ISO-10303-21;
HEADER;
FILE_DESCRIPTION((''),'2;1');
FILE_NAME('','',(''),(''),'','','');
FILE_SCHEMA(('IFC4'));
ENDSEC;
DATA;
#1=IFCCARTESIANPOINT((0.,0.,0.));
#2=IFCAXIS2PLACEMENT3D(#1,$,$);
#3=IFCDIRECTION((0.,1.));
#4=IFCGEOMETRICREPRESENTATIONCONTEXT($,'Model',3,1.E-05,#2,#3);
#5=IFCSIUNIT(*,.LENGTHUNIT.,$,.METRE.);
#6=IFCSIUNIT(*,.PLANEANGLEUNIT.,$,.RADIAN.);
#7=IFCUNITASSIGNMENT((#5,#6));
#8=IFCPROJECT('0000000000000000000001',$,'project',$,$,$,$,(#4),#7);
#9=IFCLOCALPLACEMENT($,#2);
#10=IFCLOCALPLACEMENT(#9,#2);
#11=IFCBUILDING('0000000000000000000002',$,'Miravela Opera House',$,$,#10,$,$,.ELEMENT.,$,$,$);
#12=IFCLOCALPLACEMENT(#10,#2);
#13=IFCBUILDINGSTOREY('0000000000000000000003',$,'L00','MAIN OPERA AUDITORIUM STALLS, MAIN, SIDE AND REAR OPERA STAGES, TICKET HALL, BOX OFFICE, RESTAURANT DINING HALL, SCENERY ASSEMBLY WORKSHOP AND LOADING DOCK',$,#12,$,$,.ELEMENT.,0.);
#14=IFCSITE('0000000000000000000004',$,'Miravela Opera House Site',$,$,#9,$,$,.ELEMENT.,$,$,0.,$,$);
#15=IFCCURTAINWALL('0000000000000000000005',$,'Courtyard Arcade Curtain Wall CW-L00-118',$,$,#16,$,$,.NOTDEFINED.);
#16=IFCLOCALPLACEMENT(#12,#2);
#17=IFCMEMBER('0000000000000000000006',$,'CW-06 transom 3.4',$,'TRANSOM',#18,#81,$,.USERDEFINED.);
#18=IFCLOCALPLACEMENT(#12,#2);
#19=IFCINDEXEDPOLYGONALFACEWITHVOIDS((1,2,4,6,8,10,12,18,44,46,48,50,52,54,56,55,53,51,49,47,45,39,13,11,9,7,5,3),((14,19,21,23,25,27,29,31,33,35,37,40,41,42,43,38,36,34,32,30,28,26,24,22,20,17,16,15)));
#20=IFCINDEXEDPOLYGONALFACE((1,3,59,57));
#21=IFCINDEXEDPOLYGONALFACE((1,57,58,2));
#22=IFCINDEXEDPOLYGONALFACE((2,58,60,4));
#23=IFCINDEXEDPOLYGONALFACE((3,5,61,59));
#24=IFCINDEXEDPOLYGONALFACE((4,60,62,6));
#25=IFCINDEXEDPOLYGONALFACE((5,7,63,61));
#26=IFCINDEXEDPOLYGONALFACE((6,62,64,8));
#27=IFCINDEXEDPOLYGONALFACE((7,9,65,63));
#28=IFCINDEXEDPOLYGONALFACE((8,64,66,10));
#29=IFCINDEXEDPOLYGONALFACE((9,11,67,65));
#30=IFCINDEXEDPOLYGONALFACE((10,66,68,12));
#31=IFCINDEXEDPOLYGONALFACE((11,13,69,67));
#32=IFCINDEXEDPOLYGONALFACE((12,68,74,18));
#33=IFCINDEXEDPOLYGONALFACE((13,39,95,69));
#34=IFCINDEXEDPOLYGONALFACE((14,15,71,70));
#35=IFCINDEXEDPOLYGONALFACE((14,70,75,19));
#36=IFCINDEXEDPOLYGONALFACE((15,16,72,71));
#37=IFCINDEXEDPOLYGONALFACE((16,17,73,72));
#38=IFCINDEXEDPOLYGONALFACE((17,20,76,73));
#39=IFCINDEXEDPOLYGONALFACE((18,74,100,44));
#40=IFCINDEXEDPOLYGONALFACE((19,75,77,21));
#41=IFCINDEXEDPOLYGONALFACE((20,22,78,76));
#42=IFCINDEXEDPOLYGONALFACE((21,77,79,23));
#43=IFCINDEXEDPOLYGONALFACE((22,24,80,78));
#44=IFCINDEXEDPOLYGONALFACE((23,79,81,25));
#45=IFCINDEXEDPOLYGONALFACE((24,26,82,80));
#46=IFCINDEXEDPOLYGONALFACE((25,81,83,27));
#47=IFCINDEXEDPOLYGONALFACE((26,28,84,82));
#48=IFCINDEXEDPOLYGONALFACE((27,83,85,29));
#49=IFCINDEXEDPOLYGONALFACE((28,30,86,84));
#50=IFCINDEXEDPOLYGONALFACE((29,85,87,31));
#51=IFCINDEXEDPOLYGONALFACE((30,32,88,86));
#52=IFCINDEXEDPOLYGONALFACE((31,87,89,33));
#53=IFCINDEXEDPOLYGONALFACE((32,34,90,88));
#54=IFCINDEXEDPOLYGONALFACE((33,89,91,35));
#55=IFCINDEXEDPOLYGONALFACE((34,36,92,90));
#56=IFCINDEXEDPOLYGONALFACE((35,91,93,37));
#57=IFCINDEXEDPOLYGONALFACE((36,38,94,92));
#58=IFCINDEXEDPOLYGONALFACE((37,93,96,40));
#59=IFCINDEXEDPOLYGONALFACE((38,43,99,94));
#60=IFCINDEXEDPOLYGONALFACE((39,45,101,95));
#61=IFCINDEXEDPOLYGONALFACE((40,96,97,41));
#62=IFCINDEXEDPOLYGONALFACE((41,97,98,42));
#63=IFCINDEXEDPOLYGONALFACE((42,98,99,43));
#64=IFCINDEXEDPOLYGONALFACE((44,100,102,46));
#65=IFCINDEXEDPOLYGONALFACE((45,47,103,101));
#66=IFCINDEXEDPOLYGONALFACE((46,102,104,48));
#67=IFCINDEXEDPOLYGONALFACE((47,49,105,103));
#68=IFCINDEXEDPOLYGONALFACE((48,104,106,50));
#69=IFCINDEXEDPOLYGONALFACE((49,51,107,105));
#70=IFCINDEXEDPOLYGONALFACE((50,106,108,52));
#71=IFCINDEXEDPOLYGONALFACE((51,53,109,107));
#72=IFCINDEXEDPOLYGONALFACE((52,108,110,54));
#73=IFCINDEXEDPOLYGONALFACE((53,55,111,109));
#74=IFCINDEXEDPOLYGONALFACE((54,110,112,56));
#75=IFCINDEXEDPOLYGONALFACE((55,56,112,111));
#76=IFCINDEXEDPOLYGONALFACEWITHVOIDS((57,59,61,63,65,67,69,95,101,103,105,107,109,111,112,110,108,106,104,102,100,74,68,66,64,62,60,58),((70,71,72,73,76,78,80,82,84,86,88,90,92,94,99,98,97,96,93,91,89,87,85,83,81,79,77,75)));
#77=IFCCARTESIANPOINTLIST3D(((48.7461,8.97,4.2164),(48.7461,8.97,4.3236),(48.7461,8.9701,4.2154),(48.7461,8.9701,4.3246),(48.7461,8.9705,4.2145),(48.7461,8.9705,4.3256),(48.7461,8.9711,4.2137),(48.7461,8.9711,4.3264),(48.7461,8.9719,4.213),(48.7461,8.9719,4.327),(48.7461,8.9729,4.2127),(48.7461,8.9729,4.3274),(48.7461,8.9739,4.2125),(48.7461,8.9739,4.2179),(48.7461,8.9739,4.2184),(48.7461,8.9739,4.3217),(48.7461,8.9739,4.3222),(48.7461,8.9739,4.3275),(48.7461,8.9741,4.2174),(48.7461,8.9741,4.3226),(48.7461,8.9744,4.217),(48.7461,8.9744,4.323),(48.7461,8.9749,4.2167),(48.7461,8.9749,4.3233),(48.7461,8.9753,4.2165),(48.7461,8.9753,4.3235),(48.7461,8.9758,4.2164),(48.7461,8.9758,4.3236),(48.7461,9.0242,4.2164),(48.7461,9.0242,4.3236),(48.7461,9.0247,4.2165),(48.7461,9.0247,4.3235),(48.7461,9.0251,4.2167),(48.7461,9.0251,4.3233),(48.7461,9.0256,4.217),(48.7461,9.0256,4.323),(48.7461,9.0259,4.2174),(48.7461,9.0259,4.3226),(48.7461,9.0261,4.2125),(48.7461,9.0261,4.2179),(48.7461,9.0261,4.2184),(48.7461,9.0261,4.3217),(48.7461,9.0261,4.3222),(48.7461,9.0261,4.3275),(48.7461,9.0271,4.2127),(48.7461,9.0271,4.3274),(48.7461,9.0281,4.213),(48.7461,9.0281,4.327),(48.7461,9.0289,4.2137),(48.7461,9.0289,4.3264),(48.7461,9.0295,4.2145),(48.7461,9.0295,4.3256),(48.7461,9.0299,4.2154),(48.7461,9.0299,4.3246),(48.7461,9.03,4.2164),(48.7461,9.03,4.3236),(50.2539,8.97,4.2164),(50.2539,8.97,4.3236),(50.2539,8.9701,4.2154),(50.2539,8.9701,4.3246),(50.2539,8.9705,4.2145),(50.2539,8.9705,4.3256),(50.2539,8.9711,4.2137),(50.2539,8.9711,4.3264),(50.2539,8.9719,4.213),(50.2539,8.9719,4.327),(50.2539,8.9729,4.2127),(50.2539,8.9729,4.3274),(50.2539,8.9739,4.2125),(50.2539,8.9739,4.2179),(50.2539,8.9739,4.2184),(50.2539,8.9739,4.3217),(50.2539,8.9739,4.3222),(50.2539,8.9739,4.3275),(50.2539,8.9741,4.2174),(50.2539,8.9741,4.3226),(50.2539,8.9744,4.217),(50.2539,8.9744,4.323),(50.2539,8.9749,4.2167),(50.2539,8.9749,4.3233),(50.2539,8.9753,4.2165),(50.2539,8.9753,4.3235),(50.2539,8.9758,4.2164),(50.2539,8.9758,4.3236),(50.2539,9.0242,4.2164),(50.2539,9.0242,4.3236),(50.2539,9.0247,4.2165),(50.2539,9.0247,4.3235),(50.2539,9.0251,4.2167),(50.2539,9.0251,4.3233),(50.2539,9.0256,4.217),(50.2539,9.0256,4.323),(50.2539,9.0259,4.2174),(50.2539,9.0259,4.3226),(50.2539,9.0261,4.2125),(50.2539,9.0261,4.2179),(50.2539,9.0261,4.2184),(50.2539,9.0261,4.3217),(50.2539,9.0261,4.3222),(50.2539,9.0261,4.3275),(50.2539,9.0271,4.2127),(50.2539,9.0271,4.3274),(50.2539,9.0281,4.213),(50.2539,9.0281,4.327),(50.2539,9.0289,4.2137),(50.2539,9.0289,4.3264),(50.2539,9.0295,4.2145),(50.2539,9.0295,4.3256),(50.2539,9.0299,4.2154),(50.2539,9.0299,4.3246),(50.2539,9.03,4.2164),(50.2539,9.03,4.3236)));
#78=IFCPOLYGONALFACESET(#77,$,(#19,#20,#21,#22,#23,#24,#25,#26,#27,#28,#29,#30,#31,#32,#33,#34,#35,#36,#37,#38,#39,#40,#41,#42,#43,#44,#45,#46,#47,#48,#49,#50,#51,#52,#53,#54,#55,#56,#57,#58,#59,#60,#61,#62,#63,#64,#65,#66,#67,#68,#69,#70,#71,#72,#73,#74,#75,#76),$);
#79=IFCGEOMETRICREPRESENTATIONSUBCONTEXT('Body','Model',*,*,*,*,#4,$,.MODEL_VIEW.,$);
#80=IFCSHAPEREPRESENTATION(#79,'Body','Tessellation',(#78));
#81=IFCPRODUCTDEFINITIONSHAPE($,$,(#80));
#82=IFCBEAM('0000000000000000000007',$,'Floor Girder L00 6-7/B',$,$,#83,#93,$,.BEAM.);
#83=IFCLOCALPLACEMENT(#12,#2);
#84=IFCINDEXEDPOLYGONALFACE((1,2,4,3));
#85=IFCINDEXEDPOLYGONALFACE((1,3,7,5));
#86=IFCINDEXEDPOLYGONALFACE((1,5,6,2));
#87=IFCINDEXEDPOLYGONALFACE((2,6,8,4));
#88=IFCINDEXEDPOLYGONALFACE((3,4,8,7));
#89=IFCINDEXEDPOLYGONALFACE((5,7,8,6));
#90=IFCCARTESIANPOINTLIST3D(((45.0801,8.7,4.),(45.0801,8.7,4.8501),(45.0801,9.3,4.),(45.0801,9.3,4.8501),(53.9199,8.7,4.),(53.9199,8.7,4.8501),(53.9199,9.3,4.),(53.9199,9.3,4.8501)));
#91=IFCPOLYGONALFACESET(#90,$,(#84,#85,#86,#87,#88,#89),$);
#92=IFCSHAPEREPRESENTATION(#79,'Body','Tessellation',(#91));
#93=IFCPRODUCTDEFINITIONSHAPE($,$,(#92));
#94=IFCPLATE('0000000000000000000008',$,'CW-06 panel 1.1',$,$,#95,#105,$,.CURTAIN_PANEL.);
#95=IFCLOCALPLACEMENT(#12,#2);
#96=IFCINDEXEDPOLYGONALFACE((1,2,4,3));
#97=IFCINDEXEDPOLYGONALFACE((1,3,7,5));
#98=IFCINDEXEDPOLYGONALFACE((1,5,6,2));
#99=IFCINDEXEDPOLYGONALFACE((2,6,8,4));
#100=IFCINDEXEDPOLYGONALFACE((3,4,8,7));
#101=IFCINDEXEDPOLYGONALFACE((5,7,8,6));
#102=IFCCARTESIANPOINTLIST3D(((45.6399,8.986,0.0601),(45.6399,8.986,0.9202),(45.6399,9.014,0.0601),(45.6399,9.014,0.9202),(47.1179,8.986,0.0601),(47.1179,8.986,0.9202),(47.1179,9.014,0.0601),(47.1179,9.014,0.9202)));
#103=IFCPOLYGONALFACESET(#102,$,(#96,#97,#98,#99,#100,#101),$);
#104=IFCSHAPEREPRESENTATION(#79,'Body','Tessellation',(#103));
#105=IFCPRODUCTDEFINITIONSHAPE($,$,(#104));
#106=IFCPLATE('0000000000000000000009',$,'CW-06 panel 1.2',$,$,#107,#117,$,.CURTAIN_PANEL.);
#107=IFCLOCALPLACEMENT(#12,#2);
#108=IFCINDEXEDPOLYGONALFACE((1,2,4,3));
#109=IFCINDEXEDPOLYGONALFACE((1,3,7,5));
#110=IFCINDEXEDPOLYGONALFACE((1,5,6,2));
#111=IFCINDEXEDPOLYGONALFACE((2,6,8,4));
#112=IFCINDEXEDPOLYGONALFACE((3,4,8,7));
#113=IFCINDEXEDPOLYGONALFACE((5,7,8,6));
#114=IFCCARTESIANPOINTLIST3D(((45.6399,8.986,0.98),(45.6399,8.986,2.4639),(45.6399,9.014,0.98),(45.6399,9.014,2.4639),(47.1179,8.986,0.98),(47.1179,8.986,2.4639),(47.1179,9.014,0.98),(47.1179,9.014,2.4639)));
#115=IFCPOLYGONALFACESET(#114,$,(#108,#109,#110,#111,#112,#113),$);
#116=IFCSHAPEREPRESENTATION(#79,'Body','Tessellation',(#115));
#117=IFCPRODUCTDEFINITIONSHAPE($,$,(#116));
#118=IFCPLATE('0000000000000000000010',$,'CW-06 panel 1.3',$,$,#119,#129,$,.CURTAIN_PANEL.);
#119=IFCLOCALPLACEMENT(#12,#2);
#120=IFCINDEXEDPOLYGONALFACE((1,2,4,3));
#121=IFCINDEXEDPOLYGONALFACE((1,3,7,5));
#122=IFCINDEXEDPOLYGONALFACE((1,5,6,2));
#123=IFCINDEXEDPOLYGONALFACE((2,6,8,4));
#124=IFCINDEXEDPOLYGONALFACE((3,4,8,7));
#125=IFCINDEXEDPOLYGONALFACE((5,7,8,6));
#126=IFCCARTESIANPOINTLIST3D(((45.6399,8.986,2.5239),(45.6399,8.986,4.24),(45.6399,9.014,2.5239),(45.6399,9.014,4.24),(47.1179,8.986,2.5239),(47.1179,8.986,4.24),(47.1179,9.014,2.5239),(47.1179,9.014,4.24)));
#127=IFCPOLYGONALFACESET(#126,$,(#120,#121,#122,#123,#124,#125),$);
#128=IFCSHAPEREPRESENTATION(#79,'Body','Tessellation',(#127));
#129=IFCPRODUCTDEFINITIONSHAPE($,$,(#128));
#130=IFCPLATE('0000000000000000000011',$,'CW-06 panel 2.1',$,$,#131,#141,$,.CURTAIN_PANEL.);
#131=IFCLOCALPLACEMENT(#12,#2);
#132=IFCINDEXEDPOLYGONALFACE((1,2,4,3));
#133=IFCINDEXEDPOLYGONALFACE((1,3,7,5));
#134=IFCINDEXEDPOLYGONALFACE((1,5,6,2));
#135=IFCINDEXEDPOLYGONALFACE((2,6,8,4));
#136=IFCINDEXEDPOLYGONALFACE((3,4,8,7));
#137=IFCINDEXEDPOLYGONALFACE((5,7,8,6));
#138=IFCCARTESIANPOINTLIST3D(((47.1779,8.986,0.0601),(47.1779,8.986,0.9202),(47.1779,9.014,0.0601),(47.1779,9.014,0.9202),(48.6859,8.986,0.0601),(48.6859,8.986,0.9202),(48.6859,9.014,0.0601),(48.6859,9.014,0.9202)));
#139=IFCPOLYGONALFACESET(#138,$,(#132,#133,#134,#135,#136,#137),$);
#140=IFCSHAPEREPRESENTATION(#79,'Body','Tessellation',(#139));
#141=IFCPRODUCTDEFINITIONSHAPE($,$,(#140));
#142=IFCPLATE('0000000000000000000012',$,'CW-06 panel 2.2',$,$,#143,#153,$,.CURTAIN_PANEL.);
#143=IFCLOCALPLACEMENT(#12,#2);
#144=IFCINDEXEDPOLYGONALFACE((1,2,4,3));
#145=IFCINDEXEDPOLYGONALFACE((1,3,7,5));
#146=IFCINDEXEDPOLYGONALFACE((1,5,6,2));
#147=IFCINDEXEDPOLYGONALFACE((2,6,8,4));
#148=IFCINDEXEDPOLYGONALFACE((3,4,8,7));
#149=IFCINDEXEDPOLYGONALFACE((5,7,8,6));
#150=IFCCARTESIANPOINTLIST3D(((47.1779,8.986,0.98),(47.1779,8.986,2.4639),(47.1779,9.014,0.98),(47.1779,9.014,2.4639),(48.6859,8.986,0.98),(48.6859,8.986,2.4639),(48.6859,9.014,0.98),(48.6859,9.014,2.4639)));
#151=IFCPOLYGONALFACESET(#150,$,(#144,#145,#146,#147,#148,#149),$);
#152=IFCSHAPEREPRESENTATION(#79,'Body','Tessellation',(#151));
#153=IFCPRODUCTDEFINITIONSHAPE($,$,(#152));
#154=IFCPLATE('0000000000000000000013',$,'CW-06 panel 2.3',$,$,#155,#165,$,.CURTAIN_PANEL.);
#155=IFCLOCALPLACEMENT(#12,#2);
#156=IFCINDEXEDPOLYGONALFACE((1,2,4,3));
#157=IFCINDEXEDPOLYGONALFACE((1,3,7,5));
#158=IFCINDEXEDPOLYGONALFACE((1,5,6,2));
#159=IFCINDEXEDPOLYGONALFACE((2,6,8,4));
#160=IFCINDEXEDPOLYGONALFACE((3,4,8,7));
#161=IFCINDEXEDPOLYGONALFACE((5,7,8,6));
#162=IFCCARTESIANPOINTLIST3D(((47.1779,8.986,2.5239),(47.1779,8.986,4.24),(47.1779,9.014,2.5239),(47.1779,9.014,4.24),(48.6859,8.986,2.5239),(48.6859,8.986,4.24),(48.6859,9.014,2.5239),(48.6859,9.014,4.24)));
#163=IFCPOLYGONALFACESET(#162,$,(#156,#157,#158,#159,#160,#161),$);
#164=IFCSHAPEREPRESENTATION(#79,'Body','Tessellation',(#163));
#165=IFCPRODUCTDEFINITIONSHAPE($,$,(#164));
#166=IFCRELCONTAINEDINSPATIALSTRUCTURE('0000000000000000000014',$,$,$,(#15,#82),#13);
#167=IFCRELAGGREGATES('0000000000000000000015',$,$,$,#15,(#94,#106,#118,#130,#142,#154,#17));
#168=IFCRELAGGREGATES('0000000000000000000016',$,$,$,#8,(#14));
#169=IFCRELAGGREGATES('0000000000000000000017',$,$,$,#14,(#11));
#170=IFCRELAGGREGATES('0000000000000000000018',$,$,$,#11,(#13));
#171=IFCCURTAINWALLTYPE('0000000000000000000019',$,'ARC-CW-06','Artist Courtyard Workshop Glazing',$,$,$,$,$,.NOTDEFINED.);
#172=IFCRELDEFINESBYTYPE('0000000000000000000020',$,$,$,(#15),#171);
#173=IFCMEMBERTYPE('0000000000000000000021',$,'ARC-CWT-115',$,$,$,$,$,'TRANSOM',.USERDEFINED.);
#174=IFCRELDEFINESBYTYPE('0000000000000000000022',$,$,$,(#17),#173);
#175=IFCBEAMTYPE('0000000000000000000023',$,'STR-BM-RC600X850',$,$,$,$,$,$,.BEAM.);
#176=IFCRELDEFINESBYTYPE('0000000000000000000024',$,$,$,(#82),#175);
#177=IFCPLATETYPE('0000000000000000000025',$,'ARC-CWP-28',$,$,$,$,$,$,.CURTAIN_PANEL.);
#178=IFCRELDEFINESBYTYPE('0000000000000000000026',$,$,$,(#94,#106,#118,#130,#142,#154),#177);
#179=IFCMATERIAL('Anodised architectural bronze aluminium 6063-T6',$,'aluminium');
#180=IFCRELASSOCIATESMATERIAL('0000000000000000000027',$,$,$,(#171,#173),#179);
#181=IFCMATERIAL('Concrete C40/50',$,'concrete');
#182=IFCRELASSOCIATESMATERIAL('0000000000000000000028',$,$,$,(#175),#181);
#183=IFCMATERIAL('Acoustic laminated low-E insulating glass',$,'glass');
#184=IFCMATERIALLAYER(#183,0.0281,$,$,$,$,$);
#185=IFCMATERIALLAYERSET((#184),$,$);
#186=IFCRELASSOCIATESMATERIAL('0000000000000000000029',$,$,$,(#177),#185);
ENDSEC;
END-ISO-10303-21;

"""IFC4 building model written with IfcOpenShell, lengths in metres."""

from ifc_helpers import new_model, si_unit, direction, frame, origin, origin_2d, place, context, subcontext, project, spatial, rectangle, hollow_rectangle, extrude, material, layer, layer_set, material_profile, profile_set, type_object, element, aggregate, save


model = new_model("IFC4")

# Units and contexts
model_context = context("Model", 3, precision=1e-05, world=origin(), true_north=direction((0.0, 1.0)))
body_context = subcontext(model_context, "Body", "Model", "MODEL_VIEW")
ifc_project = project(units=[si_unit("LENGTHUNIT", "METRE"), si_unit("PLANEANGLEUNIT", "RADIAN")], contexts=[model_context])

# Site, building, storey
site_placement = place(None, origin())
site = spatial("IfcSite", under=ifc_project, at=site_placement, Name="Miravela Opera House Site", CompositionType="ELEMENT", RefElevation=0.0)
building_placement = place(site_placement, origin())
building = spatial("IfcBuilding", under=site, at=building_placement, Name="Miravela Opera House", CompositionType="ELEMENT")
storey_placement = place(building_placement, origin())
storey = spatial("IfcBuildingStorey", under=building, at=storey_placement, Name="L00", Description="MAIN OPERA AUDITORIUM STALLS, MAIN, SIDE AND REAR OPERA STAGES, TICKET HALL, BOX OFFICE, RESTAURANT DINING HALL, SCENERY ASSEMBLY WORKSHOP AND LOADING DOCK", CompositionType="ELEMENT", Elevation=0.0)

# Curtain wall, member
ifc_material_1 = material(Name="Anodised architectural bronze aluminium 6063-T6", Category="aluminium")
curtain_wall_type = type_object("IfcCurtainWallType", Name="ARC-CW-06", Description="Artist Courtyard Workshop Glazing", PredefinedType="NOTDEFINED", material=ifc_material_1)
curtain_wall_placement = place(storey_placement, origin())
curtain_wall = element("IfcCurtainWall", 1, at=curtain_wall_placement, inside=storey, type_object=curtain_wall_type, Name="Courtyard Arcade Curtain Wall CW-L00-118", PredefinedType="NOTDEFINED")
ifc_material_profile_1 = material_profile(ifc_material_1, hollow_rectangle(XDim=0.0601, YDim=0.115, WallThickness=0.0039, InnerFilletRadius=0.002, OuterFilletRadius=0.0039, at=origin_2d()), Name="CWT-60X115")
ifc_profile_set_1 = profile_set([ifc_material_profile_1])
member_type_1 = type_object("IfcMemberType", Name="ARC-CWT-115", ElementType="TRANSOM", PredefinedType="USERDEFINED", material=ifc_profile_set_1)
member_1_placement = place(storey_placement, frame((48.7461, 9.0, 4.27), z_axis=(1.0, 0.0, 0.0), x_axis=(0.0, 1.0, 0.0)))
member_1 = element("IfcMember", 2, at=member_1_placement, type_object=member_type_1, Name="CW-06 transom 3.4", ObjectType="TRANSOM", PredefinedType="USERDEFINED", context=body_context, shape_type="SweptSolid", body=[
    extrude(hollow_rectangle(XDim=0.0601, YDim=0.115, WallThickness=0.0039, InnerFilletRadius=0.002, OuterFilletRadius=0.0039, at=origin_2d()), origin(), (0.0, 0.0, 1.0), 1.5078),
])

# Beam
ifc_material_2 = material(Name="Concrete C40/50", Category="concrete")
ifc_material_profile_2 = material_profile(ifc_material_2, rectangle(XDim=0.6001, YDim=0.8501, at=origin_2d()), Name="RC-BM-600X850")
ifc_profile_set_2 = profile_set([ifc_material_profile_2])
beam_type = type_object("IfcBeamType", Name="STR-BM-RC600X850", PredefinedType="BEAM", material=ifc_profile_set_2)
beam_placement = place(storey_placement, frame((45.0801, 9.0, 4.425), z_axis=(1.0, 0.0, 0.0), x_axis=(0.0, 1.0, 0.0)))
element("IfcBeam", 3, at=beam_placement, inside=storey, type_object=beam_type, Name="Floor Girder L00 6-7/B", PredefinedType="BEAM", context=body_context, shape_type="SweptSolid", body=[
    extrude(rectangle(XDim=0.6001, YDim=0.8501, at=origin_2d()), origin(), (0.0, 0.0, 1.0), 8.8398),
])

# Plates
ifc_material_3 = material(Name="Acoustic laminated low-E insulating glass", Category="glass")
ifc_layer = layer(ifc_material_3, 0.0281)
ifc_layer_set = layer_set([ifc_layer])
plate_type = type_object("IfcPlateType", Name="ARC-CWP-28", PredefinedType="CURTAIN_PANEL", material=ifc_layer_set)
plate_1_placement = place(storey_placement, frame((46.3789, 9.0, 0.0601), z_axis=(0.0, 0.0, 1.0), x_axis=(1.0, 0.0, 0.0)))
plate_1 = element("IfcPlate", 4, at=plate_1_placement, type_object=plate_type, Name="CW-06 panel 1.1", PredefinedType="CURTAIN_PANEL", context=body_context, shape_type="SweptSolid", body=[
    extrude(rectangle(XDim=1.478, YDim=0.0281, at=origin_2d()), origin(), (0.0, 0.0, 1.0), 0.8601),
])
plate_2_placement = place(storey_placement, frame((46.3789, 9.0, 0.98), z_axis=(0.0, 0.0, 1.0), x_axis=(1.0, 0.0, 0.0)))
plate_2 = element("IfcPlate", 5, at=plate_2_placement, type_object=plate_type, Name="CW-06 panel 1.2", PredefinedType="CURTAIN_PANEL", context=body_context, shape_type="SweptSolid", body=[
    extrude(rectangle(XDim=1.478, YDim=0.0281, at=origin_2d()), origin(), (0.0, 0.0, 1.0), 1.4839),
])
plate_3_placement = place(storey_placement, frame((46.3789, 9.0, 2.5239), z_axis=(0.0, 0.0, 1.0), x_axis=(1.0, 0.0, 0.0)))
plate_3 = element("IfcPlate", 6, at=plate_3_placement, type_object=plate_type, Name="CW-06 panel 1.3", PredefinedType="CURTAIN_PANEL", context=body_context, shape_type="SweptSolid", body=[
    extrude(rectangle(XDim=1.478, YDim=0.0281, at=origin_2d()), origin(), (0.0, 0.0, 1.0), 1.7161),
])
plate_4_placement = place(storey_placement, frame((47.9319, 9.0, 0.0601), z_axis=(0.0, 0.0, 1.0), x_axis=(1.0, 0.0, 0.0)))
plate_4 = element("IfcPlate", 7, at=plate_4_placement, type_object=plate_type, Name="CW-06 panel 2.1", PredefinedType="CURTAIN_PANEL", context=body_context, shape_type="SweptSolid", body=[
    extrude(rectangle(XDim=1.5081, YDim=0.0281, at=origin_2d()), origin(), (0.0, 0.0, 1.0), 0.8601),
])
plate_5_placement = place(storey_placement, frame((47.9319, 9.0, 0.98), z_axis=(0.0, 0.0, 1.0), x_axis=(1.0, 0.0, 0.0)))
plate_5 = element("IfcPlate", 8, at=plate_5_placement, type_object=plate_type, Name="CW-06 panel 2.2", PredefinedType="CURTAIN_PANEL", context=body_context, shape_type="SweptSolid", body=[
    extrude(rectangle(XDim=1.5081, YDim=0.0281, at=origin_2d()), origin(), (0.0, 0.0, 1.0), 1.4839),
])
plate_6_placement = place(storey_placement, frame((47.9319, 9.0, 2.5239), z_axis=(0.0, 0.0, 1.0), x_axis=(1.0, 0.0, 0.0)))
plate_6 = element("IfcPlate", 9, at=plate_6_placement, type_object=plate_type, Name="CW-06 panel 2.3", PredefinedType="CURTAIN_PANEL", context=body_context, shape_type="SweptSolid", body=[
    extrude(rectangle(XDim=1.5081, YDim=0.0281, at=origin_2d()), origin(), (0.0, 0.0, 1.0), 1.7161),
])
aggregate(curtain_wall, [plate_1, plate_2, plate_3, plate_4, plate_5, plate_6, member_1])

save(model, "model.ifc")
